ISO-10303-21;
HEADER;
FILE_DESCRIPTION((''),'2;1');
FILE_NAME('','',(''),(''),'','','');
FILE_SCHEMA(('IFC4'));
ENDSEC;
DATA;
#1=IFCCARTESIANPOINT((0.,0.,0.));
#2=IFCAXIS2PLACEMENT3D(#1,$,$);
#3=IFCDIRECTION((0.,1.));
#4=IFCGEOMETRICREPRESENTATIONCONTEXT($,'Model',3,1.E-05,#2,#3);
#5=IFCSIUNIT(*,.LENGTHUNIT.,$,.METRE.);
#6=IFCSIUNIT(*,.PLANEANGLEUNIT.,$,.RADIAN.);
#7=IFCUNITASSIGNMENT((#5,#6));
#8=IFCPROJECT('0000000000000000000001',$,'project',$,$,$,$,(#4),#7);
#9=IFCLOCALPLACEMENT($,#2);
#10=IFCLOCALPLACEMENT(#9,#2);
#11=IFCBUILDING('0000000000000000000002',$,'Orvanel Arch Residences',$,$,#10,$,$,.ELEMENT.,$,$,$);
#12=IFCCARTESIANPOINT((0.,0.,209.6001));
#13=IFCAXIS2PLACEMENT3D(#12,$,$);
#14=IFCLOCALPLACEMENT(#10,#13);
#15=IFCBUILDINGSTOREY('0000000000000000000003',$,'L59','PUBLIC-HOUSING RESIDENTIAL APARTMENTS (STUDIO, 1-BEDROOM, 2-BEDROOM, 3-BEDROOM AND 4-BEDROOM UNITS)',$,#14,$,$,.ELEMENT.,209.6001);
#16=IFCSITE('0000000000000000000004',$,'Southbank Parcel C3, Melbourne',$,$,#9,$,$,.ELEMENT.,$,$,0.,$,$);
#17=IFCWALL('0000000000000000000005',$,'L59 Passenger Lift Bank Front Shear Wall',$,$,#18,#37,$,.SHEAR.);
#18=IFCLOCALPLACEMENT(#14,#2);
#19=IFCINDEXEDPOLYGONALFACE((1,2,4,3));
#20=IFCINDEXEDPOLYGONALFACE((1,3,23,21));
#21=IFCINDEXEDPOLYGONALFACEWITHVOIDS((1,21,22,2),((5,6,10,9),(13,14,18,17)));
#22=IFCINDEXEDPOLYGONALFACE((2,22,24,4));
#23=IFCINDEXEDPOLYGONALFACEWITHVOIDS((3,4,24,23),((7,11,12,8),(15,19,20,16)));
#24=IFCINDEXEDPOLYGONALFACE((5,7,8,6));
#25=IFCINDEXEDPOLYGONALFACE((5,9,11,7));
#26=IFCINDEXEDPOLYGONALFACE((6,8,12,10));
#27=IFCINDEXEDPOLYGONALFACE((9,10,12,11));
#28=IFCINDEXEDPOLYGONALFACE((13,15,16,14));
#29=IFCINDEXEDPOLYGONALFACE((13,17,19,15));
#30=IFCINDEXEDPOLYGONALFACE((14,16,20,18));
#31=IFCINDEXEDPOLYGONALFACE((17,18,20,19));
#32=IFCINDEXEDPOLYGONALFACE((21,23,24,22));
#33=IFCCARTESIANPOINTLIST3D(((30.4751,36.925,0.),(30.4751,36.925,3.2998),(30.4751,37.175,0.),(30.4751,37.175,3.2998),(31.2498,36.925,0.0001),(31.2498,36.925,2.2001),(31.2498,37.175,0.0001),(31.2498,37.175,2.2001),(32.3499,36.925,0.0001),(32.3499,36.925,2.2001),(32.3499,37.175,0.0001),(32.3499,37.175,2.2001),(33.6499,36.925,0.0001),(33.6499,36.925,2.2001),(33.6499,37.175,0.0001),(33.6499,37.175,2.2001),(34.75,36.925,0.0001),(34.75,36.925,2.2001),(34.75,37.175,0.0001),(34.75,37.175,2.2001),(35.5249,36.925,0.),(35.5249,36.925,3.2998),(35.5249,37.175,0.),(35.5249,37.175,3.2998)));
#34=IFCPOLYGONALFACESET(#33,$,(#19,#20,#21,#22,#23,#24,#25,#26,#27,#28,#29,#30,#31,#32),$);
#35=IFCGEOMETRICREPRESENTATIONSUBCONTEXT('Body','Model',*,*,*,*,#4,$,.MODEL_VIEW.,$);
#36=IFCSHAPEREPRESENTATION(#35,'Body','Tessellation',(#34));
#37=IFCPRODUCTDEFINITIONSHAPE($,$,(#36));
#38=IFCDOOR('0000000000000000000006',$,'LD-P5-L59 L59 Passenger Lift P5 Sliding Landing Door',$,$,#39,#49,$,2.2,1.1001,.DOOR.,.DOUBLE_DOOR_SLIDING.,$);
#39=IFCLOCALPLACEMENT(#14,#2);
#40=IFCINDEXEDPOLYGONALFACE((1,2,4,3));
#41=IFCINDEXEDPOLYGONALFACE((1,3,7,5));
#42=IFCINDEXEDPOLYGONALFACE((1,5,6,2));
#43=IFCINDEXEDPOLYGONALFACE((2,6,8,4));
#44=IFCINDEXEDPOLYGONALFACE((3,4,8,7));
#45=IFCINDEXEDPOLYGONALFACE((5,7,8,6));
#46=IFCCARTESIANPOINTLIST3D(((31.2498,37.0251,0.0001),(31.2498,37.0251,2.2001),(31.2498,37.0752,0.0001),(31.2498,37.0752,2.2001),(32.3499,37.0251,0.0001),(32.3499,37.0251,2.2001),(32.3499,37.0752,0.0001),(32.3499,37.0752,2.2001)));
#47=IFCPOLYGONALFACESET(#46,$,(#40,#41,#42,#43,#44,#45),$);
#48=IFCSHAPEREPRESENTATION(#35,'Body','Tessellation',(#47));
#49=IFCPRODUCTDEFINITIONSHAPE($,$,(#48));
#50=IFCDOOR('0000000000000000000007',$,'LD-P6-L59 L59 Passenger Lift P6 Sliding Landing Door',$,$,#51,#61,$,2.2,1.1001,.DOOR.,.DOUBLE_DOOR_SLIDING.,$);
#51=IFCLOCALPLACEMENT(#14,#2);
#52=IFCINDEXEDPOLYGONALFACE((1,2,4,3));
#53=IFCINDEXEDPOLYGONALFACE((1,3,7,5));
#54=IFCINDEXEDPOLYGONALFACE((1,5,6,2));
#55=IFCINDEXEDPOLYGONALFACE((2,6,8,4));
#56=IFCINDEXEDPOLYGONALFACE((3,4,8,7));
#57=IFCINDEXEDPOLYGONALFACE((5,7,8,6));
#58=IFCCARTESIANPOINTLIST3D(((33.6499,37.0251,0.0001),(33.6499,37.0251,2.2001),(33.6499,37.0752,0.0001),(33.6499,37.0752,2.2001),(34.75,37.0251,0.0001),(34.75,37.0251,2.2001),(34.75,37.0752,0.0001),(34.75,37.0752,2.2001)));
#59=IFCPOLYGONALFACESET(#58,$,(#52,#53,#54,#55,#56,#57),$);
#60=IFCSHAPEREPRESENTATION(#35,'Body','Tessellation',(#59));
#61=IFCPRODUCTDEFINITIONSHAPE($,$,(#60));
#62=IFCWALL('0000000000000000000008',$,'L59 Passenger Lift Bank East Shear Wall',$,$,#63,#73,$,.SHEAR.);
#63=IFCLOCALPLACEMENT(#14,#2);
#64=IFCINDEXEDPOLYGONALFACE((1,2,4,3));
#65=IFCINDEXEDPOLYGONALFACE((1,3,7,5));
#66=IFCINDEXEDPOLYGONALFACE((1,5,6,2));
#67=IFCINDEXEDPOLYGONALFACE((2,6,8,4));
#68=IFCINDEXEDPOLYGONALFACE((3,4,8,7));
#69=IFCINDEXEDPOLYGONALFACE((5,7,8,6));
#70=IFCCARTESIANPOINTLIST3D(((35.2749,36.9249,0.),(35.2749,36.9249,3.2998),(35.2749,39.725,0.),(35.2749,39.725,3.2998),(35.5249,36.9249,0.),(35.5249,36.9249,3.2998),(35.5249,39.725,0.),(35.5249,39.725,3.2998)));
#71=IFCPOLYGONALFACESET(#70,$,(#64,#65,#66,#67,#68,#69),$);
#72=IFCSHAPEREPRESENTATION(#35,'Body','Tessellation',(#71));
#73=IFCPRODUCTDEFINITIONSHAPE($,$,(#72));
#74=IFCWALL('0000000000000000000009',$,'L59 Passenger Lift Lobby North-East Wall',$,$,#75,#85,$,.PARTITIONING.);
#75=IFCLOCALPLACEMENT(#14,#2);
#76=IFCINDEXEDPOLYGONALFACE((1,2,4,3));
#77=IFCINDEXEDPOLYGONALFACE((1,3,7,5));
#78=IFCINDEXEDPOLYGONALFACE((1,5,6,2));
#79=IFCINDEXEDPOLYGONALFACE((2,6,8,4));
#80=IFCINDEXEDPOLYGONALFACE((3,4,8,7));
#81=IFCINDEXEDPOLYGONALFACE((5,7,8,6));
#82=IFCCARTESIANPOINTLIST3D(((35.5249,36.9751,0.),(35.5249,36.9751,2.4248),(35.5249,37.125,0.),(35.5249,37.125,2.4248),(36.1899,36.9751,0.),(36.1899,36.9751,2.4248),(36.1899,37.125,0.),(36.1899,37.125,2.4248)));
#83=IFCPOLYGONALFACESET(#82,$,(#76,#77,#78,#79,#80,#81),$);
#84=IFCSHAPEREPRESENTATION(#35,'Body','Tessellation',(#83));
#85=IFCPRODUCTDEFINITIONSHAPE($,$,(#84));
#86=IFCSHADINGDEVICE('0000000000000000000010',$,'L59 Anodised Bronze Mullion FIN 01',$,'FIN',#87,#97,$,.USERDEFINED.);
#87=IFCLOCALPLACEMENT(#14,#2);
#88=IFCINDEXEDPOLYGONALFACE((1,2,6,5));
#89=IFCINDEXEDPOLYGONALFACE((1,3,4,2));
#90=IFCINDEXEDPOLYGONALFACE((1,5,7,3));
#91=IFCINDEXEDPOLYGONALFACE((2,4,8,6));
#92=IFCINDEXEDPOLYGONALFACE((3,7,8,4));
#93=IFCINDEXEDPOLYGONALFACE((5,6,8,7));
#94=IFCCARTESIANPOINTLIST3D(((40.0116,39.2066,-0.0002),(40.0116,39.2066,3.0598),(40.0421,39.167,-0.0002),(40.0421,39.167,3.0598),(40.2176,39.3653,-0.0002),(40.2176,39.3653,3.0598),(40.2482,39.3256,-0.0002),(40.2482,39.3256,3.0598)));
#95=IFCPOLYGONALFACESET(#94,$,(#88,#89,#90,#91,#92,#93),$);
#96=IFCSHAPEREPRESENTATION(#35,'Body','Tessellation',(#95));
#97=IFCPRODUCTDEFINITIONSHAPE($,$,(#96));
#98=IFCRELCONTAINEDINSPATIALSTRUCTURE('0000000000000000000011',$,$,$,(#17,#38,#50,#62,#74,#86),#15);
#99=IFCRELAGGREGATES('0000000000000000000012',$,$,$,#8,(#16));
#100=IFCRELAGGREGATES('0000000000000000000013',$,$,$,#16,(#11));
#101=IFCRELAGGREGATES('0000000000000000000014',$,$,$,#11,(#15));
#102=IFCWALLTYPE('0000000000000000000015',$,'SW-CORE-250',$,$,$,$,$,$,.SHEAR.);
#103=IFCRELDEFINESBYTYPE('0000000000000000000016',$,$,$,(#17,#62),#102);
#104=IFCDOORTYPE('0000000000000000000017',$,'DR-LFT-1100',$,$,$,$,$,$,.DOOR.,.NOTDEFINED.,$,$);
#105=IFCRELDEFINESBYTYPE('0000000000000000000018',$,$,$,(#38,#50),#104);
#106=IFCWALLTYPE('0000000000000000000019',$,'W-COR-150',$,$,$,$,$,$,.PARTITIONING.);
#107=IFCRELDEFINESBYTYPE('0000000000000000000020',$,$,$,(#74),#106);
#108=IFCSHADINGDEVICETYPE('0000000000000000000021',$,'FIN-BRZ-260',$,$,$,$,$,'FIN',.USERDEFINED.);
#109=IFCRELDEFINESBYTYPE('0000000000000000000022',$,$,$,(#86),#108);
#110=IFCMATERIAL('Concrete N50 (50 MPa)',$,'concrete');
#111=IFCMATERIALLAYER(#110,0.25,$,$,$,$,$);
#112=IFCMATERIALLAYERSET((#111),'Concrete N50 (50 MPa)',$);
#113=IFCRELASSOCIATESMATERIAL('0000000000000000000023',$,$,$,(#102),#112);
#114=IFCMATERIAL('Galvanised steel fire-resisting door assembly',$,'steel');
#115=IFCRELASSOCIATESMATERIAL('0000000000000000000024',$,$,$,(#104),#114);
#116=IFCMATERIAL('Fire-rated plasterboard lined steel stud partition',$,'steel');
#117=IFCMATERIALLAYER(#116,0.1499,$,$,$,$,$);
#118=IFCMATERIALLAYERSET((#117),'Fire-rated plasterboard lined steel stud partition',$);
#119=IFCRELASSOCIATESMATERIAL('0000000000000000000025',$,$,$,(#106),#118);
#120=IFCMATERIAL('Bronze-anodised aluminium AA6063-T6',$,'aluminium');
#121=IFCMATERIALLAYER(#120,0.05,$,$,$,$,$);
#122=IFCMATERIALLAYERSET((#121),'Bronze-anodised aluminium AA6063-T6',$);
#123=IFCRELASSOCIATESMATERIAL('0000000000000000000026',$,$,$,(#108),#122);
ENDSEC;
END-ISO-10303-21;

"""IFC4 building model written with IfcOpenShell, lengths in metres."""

from ifc_helpers import new_model, si_unit, direction, frame, frame_2d, origin, origin_2d, place, context, subcontext, project, spatial, rectangle, extrude, material, layer, layer_set, type_object, element, fill, save


model = new_model("IFC4")

# Units and contexts
model_context = context("Model", 3, precision=1e-05, world=origin(), true_north=direction((0.0, 1.0)))
body_context = subcontext(model_context, "Body", "Model", "MODEL_VIEW")
ifc_project = project(units=[si_unit("LENGTHUNIT", "METRE"), si_unit("PLANEANGLEUNIT", "RADIAN")], contexts=[model_context])

# Site, building, storey
site_placement = place(None, origin())
site = spatial("IfcSite", under=ifc_project, at=site_placement, Name="Southbank Parcel C3, Melbourne", CompositionType="ELEMENT", RefElevation=0.0)
building_placement = place(site_placement, origin())
building = spatial("IfcBuilding", under=site, at=building_placement, Name="Orvanel Arch Residences", CompositionType="ELEMENT")
storey_placement = place(building_placement, frame((0.0, 0.0, 209.6001)))
storey = spatial("IfcBuildingStorey", under=building, at=storey_placement, Name="L59", Description="PUBLIC-HOUSING RESIDENTIAL APARTMENTS (STUDIO, 1-BEDROOM, 2-BEDROOM, 3-BEDROOM AND 4-BEDROOM UNITS)", CompositionType="ELEMENT", Elevation=209.6001)

# Shared definitions
ifc_material_1 = material(Name="Bronze-anodised aluminium AA6063-T6", Category="aluminium")

# Wall, openings, doors
ifc_material_2 = material(Name="Concrete N50 (50 MPa)", Category="concrete")
ifc_layer_1 = layer(ifc_material_2, 0.25)
ifc_layer_set_1 = layer_set([ifc_layer_1], Name="Concrete N50 (50 MPa)")
wall_type_1 = type_object("IfcWallType", Name="SW-CORE-250", PredefinedType="SHEAR", material=ifc_layer_set_1)
wall_1_placement = place(storey_placement, frame((35.5249, 37.05, 0.0), z_axis=(0.0, 0.0, 1.0), x_axis=(-1.0, 0.0, 0.0)))
wall_1 = element("IfcWall", 1, at=wall_1_placement, inside=storey, type_object=wall_type_1, Name="L59 Passenger Lift Bank Front Shear Wall", PredefinedType="SHEAR", context=body_context, shape_type="SweptSolid", body=[
    extrude(rectangle(XDim=5.0498, YDim=0.25, at=frame_2d((2.5249, 0.0))), origin(), (0.0, 0.0, 1.0), 3.2998),
])
opening_1_placement = place(wall_1_placement, frame((3.175, 0.0, 0.0)))
opening_1 = element("IfcOpeningElement", 2, at=opening_1_placement, cuts=wall_1, PredefinedType="OPENING", context=body_context, shape_type="SweptSolid", body=[
    extrude(rectangle(XDim=1.1001, YDim=2.2, at=frame_2d((0.55, 1.1001))), frame((0.0, 0.135, 0.0), z_axis=(0.0, -1.0, 0.0), x_axis=(1.0, 0.0, 0.0)), (0.0, 0.0, 1.0), 0.27),
])
opening_2_placement = place(wall_1_placement, frame((0.7749, 0.0, 0.0)))
opening_2 = element("IfcOpeningElement", 3, at=opening_2_placement, cuts=wall_1, PredefinedType="OPENING", context=body_context, shape_type="SweptSolid", body=[
    extrude(rectangle(XDim=1.1001, YDim=2.2, at=frame_2d((0.55, 1.1001))), frame((0.0, 0.135, 0.0), z_axis=(0.0, -1.0, 0.0), x_axis=(1.0, 0.0, 0.0)), (0.0, 0.0, 1.0), 0.27),
])
ifc_material_3 = material(Name="Galvanised steel fire-resisting door assembly", Category="steel")
door_type = type_object("IfcDoorType", Name="DR-LFT-1100", OperationType="NOTDEFINED", PredefinedType="DOOR", material=ifc_material_3)
door_1_placement = place(opening_1_placement, origin())
door_1 = element("IfcDoor", 4, at=door_1_placement, inside=storey, type_object=door_type, Name="LD-P5-L59 L59 Passenger Lift P5 Sliding Landing Door", OperationType="DOUBLE_DOOR_SLIDING", OverallHeight=2.2, OverallWidth=1.1001, PredefinedType="DOOR", context=body_context, shape_type="SweptSolid", body=[
    extrude(rectangle(XDim=1.1001, YDim=2.2, at=frame_2d((0.55, 1.1001))), frame((0.0, 0.0249, 0.0), z_axis=(0.0, -1.0, 0.0), x_axis=(1.0, 0.0, 0.0)), (0.0, 0.0, 1.0), 0.05),
])
fill(opening_1, door_1)
door_2_placement = place(opening_2_placement, origin())
door_2 = element("IfcDoor", 5, at=door_2_placement, inside=storey, type_object=door_type, Name="LD-P6-L59 L59 Passenger Lift P6 Sliding Landing Door", OperationType="DOUBLE_DOOR_SLIDING", OverallHeight=2.2, OverallWidth=1.1001, PredefinedType="DOOR", context=body_context, shape_type="SweptSolid", body=[
    extrude(rectangle(XDim=1.1001, YDim=2.2, at=frame_2d((0.55, 1.1001))), frame((0.0, 0.0249, 0.0), z_axis=(0.0, -1.0, 0.0), x_axis=(1.0, 0.0, 0.0)), (0.0, 0.0, 1.0), 0.05),
])
fill(opening_2, door_2)

# Walls
wall_2_placement = place(storey_placement, frame((35.3999, 36.925, 0.0), z_axis=(0.0, 0.0, 1.0), x_axis=(0.0, 1.0, 0.0)))
element("IfcWall", 6, at=wall_2_placement, inside=storey, type_object=wall_type_1, Name="L59 Passenger Lift Bank East Shear Wall", PredefinedType="SHEAR", context=body_context, shape_type="SweptSolid", body=[
    extrude(rectangle(XDim=2.8, YDim=0.25, at=frame_2d((1.3999, 0.0))), origin(), (0.0, 0.0, 1.0), 3.2998),
])
ifc_material_4 = material(Name="Fire-rated plasterboard lined steel stud partition", Category="steel")
ifc_layer_2 = layer(ifc_material_4, 0.1499)
ifc_layer_set_2 = layer_set([ifc_layer_2], Name="Fire-rated plasterboard lined steel stud partition")
wall_type_2 = type_object("IfcWallType", Name="W-COR-150", PredefinedType="PARTITIONING", material=ifc_layer_set_2)
wall_3_placement = place(storey_placement, frame((35.5249, 37.05, 0.0), z_axis=(0.0, 0.0, 1.0), x_axis=(1.0, 0.0, 0.0)))
element("IfcWall", 7, at=wall_3_placement, inside=storey, type_object=wall_type_2, Name="L59 Passenger Lift Lobby North-East Wall", PredefinedType="PARTITIONING", context=body_context, shape_type="SweptSolid", body=[
    extrude(rectangle(XDim=0.665, YDim=0.1499, at=frame_2d((0.3325, 0.0))), origin(), (0.0, 0.0, 1.0), 2.4248),
])

# Shading device
ifc_layer_3 = layer(ifc_material_1, 0.05)
ifc_layer_set_3 = layer_set([ifc_layer_3], Name="Bronze-anodised aluminium AA6063-T6")
shading_device_type = type_object("IfcShadingDeviceType", Name="FIN-BRZ-260", ElementType="FIN", PredefinedType="USERDEFINED", material=ifc_layer_set_3)
shading_device_placement = place(storey_placement, frame((40.1299, 39.2661, -0.0002), z_axis=(0.0, 0.0, 1.0), x_axis=(0.79229, 0.610145, 0.0)))
element("IfcShadingDevice", 8, at=shading_device_placement, inside=storey, type_object=shading_device_type, Name="L59 Anodised Bronze Mullion FIN 01", ObjectType="FIN", PredefinedType="USERDEFINED", context=body_context, shape_type="SweptSolid", body=[
    extrude(rectangle(XDim=0.26, YDim=0.05, at=origin_2d()), origin(), (0.0, 0.0, 1.0), 3.0601),
])

save(model, "model.ifc")
